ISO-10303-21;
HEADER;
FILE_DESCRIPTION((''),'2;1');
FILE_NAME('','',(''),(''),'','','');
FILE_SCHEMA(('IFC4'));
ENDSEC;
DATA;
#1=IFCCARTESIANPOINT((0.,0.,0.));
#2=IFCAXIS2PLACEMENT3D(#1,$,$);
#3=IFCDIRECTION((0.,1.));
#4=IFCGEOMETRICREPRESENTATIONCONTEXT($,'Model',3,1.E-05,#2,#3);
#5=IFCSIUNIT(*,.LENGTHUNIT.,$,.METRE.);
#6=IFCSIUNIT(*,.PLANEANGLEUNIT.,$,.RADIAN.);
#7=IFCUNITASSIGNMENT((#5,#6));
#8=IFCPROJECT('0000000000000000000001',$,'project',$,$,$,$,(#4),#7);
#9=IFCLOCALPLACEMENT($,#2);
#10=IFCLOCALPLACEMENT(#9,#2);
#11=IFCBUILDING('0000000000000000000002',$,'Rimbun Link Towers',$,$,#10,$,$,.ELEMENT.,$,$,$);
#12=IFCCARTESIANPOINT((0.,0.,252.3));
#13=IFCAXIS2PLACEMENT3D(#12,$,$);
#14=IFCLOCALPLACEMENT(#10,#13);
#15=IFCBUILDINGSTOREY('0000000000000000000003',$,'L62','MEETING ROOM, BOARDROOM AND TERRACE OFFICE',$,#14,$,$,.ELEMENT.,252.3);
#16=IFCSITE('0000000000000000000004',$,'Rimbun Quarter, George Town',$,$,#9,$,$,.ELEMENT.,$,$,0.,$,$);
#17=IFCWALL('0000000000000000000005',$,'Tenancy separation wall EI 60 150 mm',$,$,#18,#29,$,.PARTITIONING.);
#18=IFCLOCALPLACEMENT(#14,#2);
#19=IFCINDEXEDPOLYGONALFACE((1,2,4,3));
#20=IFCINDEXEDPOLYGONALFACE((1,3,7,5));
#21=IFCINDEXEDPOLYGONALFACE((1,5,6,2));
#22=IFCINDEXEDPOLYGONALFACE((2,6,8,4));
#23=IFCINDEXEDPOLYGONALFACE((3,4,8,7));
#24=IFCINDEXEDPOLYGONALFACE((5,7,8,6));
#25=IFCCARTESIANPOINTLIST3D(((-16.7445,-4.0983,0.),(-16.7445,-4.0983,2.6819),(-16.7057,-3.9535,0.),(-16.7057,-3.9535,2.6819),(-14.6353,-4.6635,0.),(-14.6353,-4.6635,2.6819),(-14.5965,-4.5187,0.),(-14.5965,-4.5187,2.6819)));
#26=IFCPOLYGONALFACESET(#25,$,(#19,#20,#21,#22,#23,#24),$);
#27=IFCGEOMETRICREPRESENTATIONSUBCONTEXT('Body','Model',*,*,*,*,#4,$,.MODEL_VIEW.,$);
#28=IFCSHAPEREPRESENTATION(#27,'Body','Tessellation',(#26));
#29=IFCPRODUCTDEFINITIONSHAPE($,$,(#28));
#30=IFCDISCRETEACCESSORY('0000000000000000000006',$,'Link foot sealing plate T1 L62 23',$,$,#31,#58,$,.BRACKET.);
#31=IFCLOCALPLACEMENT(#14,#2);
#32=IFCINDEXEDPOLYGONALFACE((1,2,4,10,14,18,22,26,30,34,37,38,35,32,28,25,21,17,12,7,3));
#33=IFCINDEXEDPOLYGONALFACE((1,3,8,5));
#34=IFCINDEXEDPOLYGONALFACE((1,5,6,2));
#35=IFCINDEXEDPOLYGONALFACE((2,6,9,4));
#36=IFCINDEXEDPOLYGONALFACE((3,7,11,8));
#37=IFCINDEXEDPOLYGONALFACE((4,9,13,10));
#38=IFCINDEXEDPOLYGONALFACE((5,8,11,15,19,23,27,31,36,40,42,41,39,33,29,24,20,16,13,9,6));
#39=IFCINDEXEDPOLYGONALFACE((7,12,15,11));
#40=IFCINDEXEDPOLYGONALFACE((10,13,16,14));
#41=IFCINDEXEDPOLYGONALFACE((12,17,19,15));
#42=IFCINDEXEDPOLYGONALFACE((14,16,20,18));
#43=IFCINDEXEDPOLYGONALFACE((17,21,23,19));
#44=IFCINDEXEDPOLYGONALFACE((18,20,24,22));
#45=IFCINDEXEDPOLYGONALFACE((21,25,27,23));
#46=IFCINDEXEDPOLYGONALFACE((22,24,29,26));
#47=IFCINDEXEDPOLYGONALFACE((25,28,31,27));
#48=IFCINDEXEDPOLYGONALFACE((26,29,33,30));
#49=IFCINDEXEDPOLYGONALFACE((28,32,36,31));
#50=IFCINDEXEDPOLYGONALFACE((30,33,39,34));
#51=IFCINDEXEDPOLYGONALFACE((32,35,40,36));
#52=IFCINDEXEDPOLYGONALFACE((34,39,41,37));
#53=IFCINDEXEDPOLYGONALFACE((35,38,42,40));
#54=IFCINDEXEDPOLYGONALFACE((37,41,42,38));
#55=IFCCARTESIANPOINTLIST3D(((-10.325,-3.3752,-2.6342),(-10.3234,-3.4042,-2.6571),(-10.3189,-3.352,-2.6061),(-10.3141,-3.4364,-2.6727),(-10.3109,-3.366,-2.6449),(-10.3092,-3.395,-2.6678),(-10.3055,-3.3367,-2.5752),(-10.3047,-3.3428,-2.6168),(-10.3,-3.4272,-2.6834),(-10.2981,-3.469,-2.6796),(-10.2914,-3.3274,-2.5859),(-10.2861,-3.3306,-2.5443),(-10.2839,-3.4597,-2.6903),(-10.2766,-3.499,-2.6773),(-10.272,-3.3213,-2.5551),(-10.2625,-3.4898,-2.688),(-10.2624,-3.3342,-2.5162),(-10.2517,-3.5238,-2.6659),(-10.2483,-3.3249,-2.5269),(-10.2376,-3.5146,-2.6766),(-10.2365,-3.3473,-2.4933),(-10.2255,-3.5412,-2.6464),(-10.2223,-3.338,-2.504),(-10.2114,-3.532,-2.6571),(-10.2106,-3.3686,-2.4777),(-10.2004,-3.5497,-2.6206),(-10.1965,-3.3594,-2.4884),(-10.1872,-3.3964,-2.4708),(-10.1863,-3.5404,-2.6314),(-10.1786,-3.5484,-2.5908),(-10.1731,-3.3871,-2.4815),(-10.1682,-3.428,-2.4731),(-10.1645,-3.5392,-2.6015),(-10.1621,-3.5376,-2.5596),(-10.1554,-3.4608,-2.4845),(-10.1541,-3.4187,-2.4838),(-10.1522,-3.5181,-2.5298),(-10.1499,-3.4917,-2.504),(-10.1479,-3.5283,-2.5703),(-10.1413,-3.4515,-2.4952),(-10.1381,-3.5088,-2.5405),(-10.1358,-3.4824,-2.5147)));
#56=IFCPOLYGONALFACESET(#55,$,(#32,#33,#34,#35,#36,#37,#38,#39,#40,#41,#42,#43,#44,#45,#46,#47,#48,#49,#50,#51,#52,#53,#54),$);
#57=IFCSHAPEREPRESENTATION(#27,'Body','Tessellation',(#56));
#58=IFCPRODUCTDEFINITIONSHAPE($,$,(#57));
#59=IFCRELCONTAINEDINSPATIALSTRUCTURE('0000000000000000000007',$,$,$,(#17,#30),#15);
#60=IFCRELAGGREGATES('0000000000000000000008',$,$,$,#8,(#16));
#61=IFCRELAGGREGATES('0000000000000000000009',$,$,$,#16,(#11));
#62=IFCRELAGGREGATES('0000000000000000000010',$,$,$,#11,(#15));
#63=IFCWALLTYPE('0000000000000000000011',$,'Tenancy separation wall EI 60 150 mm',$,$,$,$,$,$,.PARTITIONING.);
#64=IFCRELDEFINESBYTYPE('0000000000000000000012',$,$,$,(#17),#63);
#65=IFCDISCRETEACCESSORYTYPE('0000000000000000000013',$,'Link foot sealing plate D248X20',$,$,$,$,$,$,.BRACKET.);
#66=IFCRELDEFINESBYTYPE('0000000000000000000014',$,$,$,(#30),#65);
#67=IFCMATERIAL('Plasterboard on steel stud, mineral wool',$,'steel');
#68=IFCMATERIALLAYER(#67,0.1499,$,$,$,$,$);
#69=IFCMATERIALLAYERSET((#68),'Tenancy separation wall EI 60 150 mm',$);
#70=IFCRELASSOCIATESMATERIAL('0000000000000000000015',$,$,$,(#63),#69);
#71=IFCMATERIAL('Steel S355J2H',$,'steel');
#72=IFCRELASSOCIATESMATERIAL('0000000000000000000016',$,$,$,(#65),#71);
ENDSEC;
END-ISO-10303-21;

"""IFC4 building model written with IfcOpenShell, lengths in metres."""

from ifc_helpers import new_model, si_unit, direction, frame, frame_2d, origin, origin_2d, place, context, subcontext, project, spatial, rectangle, circle, extrude, material, layer, layer_set, material_profile, profile_set, type_object, element, save


model = new_model("IFC4")

# Units and contexts
model_context = context("Model", 3, precision=1e-05, world=origin(), true_north=direction((0.0, 1.0)))
body_context = subcontext(model_context, "Body", "Model", "MODEL_VIEW")
ifc_project = project(units=[si_unit("LENGTHUNIT", "METRE"), si_unit("PLANEANGLEUNIT", "RADIAN")], contexts=[model_context])

# Site, building, storey
site_placement = place(None, origin())
site = spatial("IfcSite", under=ifc_project, at=site_placement, Name="Rimbun Quarter, George Town", CompositionType="ELEMENT", RefElevation=0.0)
building_placement = place(site_placement, origin())
building = spatial("IfcBuilding", under=site, at=building_placement, Name="Rimbun Link Towers", CompositionType="ELEMENT")
storey_placement = place(building_placement, frame((0.0, 0.0, 252.3)))
storey = spatial("IfcBuildingStorey", under=building, at=storey_placement, Name="L62", Description="MEETING ROOM, BOARDROOM AND TERRACE OFFICE", CompositionType="ELEMENT", Elevation=252.3)

# Wall
ifc_material_1 = material(Name="Plasterboard on steel stud, mineral wool", Category="steel")
ifc_layer_1 = layer(ifc_material_1, 0.1499)
ifc_layer_set_1 = layer_set([ifc_layer_1], Name="Tenancy separation wall EI 60 150 mm")
wall_type_1 = type_object("IfcWallType", Name="Tenancy separation wall EI 60 150 mm", PredefinedType="PARTITIONING", material=ifc_layer_set_1)
wall_1_placement = place(storey_placement, frame((-16.7251, -4.0259, 0.0), z_axis=(0.0, 0.0, 1.0), x_axis=(0.965921, -0.258839, 0.0)))
element("IfcWall", 1, at=wall_1_placement, inside=storey, type_object=wall_type_1, Name="Tenancy separation wall EI 60 150 mm", PredefinedType="PARTITIONING", context=body_context, shape_type="SweptSolid", body=[
    extrude(rectangle(XDim=2.1836, YDim=0.1499, at=frame_2d((1.0918, 0.0))), origin(), (0.0, 0.0, 1.0), 2.6819),
])

# Discrete accessory
ifc_material_2 = material(Name="Steel S355J2H", Category="steel")
ifc_material_profile_1 = material_profile(ifc_material_2, circle(Radius=0.124, at=origin_2d()), Name="PL D248")
ifc_profile_set_1 = profile_set([ifc_material_profile_1], Name="Steel S355J2H")
discrete_accessory_type = type_object("IfcDiscreteAccessoryType", Name="Link foot sealing plate D248X20", PredefinedType="BRACKET", material=ifc_profile_set_1)
discrete_accessory_placement = place(storey_placement, frame((-10.2375, -3.4404, -2.5752), z_axis=(0.706267, 0.462727, -0.535789), x_axis=(-0.548026, 0.836461, 0.0)))
element("IfcDiscreteAccessory", 2, at=discrete_accessory_placement, inside=storey, type_object=discrete_accessory_type, Name="Link foot sealing plate T1 L62 23", PredefinedType="BRACKET", context=body_context, shape_type="SweptSolid", body=[
    extrude(circle(Radius=0.124, at=origin_2d()), origin(), (0.0, 0.0, 1.0), 0.02),
])

save(model, "model.ifc")
